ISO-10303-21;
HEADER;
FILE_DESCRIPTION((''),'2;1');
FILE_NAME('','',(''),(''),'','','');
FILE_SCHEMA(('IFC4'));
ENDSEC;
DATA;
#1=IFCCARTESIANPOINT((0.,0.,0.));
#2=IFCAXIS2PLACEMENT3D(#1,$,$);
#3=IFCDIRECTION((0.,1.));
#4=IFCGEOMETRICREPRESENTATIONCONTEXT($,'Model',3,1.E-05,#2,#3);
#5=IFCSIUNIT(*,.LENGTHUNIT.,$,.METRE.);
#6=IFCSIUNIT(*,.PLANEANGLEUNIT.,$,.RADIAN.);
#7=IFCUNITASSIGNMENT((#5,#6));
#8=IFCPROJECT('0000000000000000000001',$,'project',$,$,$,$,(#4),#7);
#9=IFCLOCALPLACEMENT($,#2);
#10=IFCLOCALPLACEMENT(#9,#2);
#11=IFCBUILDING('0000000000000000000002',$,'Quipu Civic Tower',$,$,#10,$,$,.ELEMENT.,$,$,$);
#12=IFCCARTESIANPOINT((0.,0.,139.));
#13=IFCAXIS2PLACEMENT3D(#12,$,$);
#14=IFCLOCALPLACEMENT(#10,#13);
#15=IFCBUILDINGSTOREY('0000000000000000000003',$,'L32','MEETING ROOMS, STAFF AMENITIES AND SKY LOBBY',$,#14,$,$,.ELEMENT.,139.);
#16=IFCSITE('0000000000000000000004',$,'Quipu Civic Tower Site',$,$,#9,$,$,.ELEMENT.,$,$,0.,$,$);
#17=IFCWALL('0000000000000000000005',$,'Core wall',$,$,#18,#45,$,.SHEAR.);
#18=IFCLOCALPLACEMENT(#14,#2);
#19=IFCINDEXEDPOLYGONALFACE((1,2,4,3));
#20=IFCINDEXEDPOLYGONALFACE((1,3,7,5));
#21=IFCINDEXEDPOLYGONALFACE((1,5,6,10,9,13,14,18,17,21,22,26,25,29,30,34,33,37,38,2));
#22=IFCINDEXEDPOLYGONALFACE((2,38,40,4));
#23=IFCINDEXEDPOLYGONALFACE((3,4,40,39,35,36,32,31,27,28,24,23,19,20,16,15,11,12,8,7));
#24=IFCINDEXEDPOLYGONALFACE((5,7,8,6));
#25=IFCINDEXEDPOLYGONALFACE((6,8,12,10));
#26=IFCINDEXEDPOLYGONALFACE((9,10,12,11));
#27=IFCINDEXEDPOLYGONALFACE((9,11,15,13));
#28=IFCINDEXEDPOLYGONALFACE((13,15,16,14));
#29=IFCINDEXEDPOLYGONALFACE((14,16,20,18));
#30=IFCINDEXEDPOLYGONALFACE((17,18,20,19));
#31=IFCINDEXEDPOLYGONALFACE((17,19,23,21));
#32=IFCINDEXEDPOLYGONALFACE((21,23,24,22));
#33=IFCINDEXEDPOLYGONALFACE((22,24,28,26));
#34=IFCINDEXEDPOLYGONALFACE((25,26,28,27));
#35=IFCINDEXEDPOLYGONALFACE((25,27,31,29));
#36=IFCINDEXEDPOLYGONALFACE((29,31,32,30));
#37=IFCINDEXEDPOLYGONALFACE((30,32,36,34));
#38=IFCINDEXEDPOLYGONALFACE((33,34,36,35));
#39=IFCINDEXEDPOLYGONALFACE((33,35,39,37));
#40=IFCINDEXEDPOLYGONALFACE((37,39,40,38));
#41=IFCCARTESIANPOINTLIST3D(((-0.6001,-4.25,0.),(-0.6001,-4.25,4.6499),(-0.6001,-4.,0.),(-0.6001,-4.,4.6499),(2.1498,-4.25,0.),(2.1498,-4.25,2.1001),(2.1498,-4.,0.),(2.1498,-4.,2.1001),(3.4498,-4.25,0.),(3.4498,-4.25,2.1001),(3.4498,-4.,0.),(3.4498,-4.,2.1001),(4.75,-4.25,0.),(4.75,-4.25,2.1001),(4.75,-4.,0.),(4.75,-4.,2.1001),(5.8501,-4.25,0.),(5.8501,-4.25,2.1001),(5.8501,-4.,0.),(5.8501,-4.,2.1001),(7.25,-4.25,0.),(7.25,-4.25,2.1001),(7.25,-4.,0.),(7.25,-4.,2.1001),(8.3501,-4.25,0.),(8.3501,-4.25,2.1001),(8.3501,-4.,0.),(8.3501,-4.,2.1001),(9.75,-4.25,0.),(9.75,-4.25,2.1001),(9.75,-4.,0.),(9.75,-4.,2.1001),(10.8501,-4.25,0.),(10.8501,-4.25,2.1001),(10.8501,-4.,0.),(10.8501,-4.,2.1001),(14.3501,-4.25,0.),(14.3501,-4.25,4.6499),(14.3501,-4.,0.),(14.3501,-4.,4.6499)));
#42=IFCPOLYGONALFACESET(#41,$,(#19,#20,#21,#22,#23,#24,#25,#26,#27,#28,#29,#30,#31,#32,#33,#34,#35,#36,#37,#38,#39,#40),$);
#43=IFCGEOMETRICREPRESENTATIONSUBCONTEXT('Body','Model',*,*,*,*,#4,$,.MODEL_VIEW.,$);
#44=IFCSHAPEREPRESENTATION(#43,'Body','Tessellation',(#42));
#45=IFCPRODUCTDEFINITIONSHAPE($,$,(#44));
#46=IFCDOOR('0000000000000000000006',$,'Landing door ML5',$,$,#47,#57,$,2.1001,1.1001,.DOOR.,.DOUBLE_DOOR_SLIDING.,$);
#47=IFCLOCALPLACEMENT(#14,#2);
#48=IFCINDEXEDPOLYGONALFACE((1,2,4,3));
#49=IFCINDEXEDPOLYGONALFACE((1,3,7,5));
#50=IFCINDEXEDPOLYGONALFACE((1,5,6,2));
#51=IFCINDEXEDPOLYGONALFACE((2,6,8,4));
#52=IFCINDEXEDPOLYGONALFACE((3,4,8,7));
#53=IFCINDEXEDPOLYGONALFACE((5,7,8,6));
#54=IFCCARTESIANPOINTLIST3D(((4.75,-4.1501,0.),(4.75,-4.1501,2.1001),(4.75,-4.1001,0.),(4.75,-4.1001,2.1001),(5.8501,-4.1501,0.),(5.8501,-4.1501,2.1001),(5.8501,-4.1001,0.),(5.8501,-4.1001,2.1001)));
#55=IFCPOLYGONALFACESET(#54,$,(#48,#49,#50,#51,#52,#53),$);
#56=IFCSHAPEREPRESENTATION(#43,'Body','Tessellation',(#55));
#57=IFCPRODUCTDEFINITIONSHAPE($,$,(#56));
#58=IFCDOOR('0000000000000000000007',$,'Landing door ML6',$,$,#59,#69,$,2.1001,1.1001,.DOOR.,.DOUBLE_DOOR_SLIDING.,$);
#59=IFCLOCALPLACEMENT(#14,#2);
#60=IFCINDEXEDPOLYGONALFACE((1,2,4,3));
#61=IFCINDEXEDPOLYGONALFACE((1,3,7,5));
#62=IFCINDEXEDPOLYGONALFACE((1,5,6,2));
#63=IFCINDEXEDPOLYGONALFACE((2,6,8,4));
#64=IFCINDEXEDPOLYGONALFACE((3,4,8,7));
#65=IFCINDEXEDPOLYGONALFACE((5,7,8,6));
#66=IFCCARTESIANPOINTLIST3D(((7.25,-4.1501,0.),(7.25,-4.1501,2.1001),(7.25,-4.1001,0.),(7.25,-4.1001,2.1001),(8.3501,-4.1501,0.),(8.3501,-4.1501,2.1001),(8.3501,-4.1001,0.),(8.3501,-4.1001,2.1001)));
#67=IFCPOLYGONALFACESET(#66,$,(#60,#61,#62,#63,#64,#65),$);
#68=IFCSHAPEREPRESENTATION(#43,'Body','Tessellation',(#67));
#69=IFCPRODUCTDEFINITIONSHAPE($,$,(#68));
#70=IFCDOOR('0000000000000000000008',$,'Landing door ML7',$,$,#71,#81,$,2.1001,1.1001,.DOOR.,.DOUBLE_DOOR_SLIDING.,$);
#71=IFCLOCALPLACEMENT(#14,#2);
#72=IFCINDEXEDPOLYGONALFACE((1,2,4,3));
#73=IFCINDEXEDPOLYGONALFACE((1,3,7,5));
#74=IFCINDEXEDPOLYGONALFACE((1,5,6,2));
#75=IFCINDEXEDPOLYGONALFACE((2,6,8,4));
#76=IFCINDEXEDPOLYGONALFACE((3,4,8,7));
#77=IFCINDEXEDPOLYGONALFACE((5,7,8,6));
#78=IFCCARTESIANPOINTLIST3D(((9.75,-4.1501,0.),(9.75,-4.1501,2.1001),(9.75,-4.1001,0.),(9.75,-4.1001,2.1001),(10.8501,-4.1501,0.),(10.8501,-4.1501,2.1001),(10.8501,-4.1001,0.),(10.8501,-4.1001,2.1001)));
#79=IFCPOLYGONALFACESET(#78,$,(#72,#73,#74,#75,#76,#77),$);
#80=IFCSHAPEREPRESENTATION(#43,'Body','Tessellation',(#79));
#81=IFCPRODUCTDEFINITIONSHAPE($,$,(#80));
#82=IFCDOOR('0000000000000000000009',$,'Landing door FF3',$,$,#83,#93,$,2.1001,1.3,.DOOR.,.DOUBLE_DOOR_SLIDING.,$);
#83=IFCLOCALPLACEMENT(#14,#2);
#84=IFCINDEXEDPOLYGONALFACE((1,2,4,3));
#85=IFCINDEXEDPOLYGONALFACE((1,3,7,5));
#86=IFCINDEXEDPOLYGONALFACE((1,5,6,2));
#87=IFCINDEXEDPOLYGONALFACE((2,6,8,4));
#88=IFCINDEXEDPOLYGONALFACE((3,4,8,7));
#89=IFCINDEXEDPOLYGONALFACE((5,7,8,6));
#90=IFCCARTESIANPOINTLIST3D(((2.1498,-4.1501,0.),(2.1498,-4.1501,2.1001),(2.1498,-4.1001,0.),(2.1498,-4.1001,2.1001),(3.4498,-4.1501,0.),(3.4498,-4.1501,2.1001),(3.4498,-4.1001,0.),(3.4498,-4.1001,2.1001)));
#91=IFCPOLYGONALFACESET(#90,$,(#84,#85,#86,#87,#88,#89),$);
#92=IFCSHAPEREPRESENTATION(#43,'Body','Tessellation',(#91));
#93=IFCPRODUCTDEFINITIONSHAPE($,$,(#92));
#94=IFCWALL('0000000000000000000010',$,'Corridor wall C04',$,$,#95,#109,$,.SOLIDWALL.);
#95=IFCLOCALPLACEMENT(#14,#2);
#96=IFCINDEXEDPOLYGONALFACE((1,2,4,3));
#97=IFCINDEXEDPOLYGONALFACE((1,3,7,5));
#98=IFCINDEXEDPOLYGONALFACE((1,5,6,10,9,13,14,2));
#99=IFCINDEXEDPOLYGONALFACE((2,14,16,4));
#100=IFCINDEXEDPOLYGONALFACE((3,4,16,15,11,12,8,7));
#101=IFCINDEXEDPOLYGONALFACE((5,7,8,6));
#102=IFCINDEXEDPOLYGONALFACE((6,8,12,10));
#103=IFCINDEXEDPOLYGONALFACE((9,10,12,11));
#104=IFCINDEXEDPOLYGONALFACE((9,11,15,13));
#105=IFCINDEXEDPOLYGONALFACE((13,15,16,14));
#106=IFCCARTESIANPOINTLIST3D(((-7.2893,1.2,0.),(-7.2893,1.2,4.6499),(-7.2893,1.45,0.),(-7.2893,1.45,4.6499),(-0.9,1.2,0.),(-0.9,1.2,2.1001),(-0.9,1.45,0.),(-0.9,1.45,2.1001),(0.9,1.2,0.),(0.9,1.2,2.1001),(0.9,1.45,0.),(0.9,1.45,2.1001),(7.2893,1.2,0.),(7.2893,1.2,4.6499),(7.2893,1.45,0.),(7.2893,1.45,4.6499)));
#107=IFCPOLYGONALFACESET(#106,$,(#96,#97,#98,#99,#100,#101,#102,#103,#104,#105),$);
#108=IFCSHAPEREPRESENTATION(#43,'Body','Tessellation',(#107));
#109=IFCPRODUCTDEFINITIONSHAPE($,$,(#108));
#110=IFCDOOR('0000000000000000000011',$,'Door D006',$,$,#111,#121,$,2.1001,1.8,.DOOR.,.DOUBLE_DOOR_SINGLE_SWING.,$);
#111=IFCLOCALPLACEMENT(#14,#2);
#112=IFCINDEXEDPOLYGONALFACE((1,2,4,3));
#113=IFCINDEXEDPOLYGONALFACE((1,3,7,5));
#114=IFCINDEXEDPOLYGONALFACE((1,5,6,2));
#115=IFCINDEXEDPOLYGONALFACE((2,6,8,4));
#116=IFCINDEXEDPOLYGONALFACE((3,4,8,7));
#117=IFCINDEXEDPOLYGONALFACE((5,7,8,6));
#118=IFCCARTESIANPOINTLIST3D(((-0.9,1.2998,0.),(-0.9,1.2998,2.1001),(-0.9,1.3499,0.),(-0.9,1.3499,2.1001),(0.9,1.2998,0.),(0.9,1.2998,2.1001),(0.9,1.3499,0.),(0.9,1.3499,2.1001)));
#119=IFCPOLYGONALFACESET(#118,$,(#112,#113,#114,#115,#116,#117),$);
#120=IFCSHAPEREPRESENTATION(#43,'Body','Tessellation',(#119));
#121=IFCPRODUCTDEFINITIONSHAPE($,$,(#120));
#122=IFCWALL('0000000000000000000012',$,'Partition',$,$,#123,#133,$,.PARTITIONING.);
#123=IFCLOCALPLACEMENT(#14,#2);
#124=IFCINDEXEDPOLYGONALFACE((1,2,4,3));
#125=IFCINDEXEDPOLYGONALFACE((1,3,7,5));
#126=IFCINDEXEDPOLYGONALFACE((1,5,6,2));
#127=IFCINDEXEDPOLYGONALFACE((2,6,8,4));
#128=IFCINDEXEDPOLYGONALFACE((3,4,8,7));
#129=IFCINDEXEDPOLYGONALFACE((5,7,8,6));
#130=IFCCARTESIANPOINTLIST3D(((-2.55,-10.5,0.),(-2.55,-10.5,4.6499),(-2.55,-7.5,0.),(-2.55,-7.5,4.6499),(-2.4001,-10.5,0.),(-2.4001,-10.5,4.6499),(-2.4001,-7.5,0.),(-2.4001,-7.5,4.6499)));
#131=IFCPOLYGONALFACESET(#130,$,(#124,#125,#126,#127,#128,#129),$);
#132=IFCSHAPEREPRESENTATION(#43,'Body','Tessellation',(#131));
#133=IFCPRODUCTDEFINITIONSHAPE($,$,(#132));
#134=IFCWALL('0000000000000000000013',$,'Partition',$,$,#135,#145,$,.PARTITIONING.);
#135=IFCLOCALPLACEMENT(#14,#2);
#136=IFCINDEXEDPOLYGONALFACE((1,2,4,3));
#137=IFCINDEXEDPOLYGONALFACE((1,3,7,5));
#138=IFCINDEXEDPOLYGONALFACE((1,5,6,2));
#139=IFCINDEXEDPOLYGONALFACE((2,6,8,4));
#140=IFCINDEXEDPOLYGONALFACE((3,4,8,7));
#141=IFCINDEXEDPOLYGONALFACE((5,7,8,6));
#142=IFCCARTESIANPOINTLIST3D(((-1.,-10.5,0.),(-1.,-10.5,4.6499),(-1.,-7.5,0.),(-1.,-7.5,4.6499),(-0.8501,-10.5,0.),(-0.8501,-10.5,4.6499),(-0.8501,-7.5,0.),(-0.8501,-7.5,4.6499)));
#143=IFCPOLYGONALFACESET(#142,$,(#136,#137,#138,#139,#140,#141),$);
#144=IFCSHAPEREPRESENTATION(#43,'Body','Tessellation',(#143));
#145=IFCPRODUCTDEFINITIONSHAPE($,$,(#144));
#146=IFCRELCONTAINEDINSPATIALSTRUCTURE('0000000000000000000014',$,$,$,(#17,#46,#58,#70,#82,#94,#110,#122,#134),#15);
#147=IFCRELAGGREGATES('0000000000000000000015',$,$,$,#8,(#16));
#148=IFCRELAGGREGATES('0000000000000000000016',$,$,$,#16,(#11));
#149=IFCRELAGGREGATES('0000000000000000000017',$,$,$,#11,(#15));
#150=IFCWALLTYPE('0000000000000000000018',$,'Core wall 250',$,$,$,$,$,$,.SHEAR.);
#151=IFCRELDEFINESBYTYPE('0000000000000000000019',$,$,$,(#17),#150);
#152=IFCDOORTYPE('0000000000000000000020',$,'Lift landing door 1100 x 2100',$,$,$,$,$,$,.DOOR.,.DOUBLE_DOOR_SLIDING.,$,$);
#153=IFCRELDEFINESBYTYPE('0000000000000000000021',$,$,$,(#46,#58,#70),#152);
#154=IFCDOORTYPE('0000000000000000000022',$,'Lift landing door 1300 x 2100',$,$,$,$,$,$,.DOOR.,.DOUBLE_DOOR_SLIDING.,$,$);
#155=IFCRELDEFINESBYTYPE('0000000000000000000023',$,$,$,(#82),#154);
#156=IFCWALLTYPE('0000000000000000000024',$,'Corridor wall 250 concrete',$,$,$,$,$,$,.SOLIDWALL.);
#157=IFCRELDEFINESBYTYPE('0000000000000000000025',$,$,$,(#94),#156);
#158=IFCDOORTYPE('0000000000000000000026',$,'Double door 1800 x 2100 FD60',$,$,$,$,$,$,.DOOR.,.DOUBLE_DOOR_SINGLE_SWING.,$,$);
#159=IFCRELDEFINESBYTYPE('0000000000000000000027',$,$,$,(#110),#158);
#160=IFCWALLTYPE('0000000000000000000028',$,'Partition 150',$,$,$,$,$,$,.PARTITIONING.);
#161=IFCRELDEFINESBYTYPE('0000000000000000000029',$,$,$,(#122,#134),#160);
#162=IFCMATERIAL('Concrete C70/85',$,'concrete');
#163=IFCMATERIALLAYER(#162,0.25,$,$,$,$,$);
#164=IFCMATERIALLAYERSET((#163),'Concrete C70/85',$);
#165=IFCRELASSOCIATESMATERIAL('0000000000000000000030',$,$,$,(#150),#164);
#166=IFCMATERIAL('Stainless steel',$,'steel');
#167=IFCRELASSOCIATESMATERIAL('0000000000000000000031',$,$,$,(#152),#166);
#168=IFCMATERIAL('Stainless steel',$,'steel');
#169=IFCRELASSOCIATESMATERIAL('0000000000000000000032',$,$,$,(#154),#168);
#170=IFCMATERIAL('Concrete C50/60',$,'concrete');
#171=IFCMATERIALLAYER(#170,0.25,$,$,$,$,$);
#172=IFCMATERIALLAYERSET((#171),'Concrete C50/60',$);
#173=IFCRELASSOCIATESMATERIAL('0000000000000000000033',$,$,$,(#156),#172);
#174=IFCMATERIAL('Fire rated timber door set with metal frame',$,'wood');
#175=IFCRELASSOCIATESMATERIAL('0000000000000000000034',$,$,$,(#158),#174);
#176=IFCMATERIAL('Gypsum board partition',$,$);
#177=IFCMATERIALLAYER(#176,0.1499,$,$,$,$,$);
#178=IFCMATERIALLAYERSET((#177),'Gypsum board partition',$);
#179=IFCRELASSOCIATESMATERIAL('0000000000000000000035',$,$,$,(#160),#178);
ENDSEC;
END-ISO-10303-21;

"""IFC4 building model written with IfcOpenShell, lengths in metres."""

from ifc_helpers import new_model, si_unit, direction, frame, frame_2d, origin, place, context, subcontext, project, spatial, rectangle, extrude, material, layer, layer_set, type_object, element, fill, save


model = new_model("IFC4")

# Units and contexts
model_context = context("Model", 3, precision=1e-05, world=origin(), true_north=direction((0.0, 1.0)))
body_context = subcontext(model_context, "Body", "Model", "MODEL_VIEW")
ifc_project = project(units=[si_unit("LENGTHUNIT", "METRE"), si_unit("PLANEANGLEUNIT", "RADIAN")], contexts=[model_context])

# Site, building, storey
site_placement = place(None, origin())
site = spatial("IfcSite", under=ifc_project, at=site_placement, Name="Quipu Civic Tower Site", CompositionType="ELEMENT", RefElevation=0.0)
building_placement = place(site_placement, origin())
building = spatial("IfcBuilding", under=site, at=building_placement, Name="Quipu Civic Tower", CompositionType="ELEMENT")
storey_placement = place(building_placement, frame((0.0, 0.0, 139.0)))
storey = spatial("IfcBuildingStorey", under=building, at=storey_placement, Name="L32", Description="MEETING ROOMS, STAFF AMENITIES AND SKY LOBBY", CompositionType="ELEMENT", Elevation=139.0)

# Shared definitions
ifc_material_1 = material(Name="Concrete C70/85", Category="concrete")
ifc_layer_1 = layer(ifc_material_1, 0.25)
ifc_layer_set_1 = layer_set([ifc_layer_1], Name="Concrete C70/85")
wall_type_1 = type_object("IfcWallType", Name="Core wall 250", PredefinedType="SHEAR", material=ifc_layer_set_1)

# Wall, openings, doors
wall_1_placement = place(storey_placement, frame((-0.6001, -4.125, 0.0), z_axis=(0.0, 0.0, 1.0), x_axis=(1.0, 0.0, 0.0)))
wall_1 = element("IfcWall", 1, at=wall_1_placement, inside=storey, type_object=wall_type_1, Name="Core wall", PredefinedType="SHEAR", context=body_context, shape_type="SweptSolid", body=[
    extrude(rectangle(XDim=14.9502, YDim=0.25, at=frame_2d((7.4751, 0.0))), origin(), (0.0, 0.0, 1.0), 4.6499),
])
opening_1_placement = place(wall_1_placement, frame((2.75, 0.0, 0.0)))
opening_1 = element("IfcOpeningElement", 2, at=opening_1_placement, cuts=wall_1, PredefinedType="OPENING", context=body_context, shape_type="SweptSolid", body=[
    extrude(rectangle(XDim=1.3, YDim=2.1001, at=frame_2d((0.6499, 1.05))), frame((0.0, 0.135, 0.0), z_axis=(0.0, -1.0, 0.0), x_axis=(1.0, 0.0, 0.0)), (0.0, 0.0, 1.0), 0.27),
])
opening_2_placement = place(wall_1_placement, frame((5.3501, 0.0, 0.0)))
opening_2 = element("IfcOpeningElement", 3, at=opening_2_placement, cuts=wall_1, PredefinedType="OPENING", context=body_context, shape_type="SweptSolid", body=[
    extrude(rectangle(XDim=1.1001, YDim=2.1001, at=frame_2d((0.55, 1.05))), frame((0.0, 0.135, 0.0), z_axis=(0.0, -1.0, 0.0), x_axis=(1.0, 0.0, 0.0)), (0.0, 0.0, 1.0), 0.27),
])
opening_3_placement = place(wall_1_placement, frame((7.8501, 0.0, 0.0)))
opening_3 = element("IfcOpeningElement", 4, at=opening_3_placement, cuts=wall_1, PredefinedType="OPENING", context=body_context, shape_type="SweptSolid", body=[
    extrude(rectangle(XDim=1.1001, YDim=2.1001, at=frame_2d((0.55, 1.05))), frame((0.0, 0.135, 0.0), z_axis=(0.0, -1.0, 0.0), x_axis=(1.0, 0.0, 0.0)), (0.0, 0.0, 1.0), 0.27),
])
opening_4_placement = place(wall_1_placement, frame((10.3501, 0.0, 0.0)))
opening_4 = element("IfcOpeningElement", 5, at=opening_4_placement, cuts=wall_1, PredefinedType="OPENING", context=body_context, shape_type="SweptSolid", body=[
    extrude(rectangle(XDim=1.1001, YDim=2.1001, at=frame_2d((0.55, 1.05))), frame((0.0, 0.135, 0.0), z_axis=(0.0, -1.0, 0.0), x_axis=(1.0, 0.0, 0.0)), (0.0, 0.0, 1.0), 0.27),
])
ifc_material_2 = material(Name="Stainless steel", Category="steel")
door_type_1 = type_object("IfcDoorType", Name="Lift landing door 1100 x 2100", OperationType="DOUBLE_DOOR_SLIDING", PredefinedType="DOOR", material=ifc_material_2)
door_1_placement = place(opening_2_placement, origin())
door_1 = element("IfcDoor", 6, at=door_1_placement, inside=storey, type_object=door_type_1, Name="Landing door ML5", OperationType="DOUBLE_DOOR_SLIDING", OverallHeight=2.1001, OverallWidth=1.1001, PredefinedType="DOOR", context=body_context, shape_type="SweptSolid", body=[
    extrude(rectangle(XDim=1.1001, YDim=2.1001, at=frame_2d((0.55, 1.05))), frame((0.0, 0.0249, 0.0), z_axis=(0.0, -1.0, 0.0), x_axis=(1.0, 0.0, 0.0)), (0.0, 0.0, 1.0), 0.05),
])
fill(opening_2, door_1)
door_2_placement = place(opening_3_placement, origin())
door_2 = element("IfcDoor", 7, at=door_2_placement, inside=storey, type_object=door_type_1, Name="Landing door ML6", OperationType="DOUBLE_DOOR_SLIDING", OverallHeight=2.1001, OverallWidth=1.1001, PredefinedType="DOOR", context=body_context, shape_type="SweptSolid", body=[
    extrude(rectangle(XDim=1.1001, YDim=2.1001, at=frame_2d((0.55, 1.05))), frame((0.0, 0.0249, 0.0), z_axis=(0.0, -1.0, 0.0), x_axis=(1.0, 0.0, 0.0)), (0.0, 0.0, 1.0), 0.05),
])
fill(opening_3, door_2)
door_3_placement = place(opening_4_placement, origin())
door_3 = element("IfcDoor", 8, at=door_3_placement, inside=storey, type_object=door_type_1, Name="Landing door ML7", OperationType="DOUBLE_DOOR_SLIDING", OverallHeight=2.1001, OverallWidth=1.1001, PredefinedType="DOOR", context=body_context, shape_type="SweptSolid", body=[
    extrude(rectangle(XDim=1.1001, YDim=2.1001, at=frame_2d((0.55, 1.05))), frame((0.0, 0.0249, 0.0), z_axis=(0.0, -1.0, 0.0), x_axis=(1.0, 0.0, 0.0)), (0.0, 0.0, 1.0), 0.05),
])
fill(opening_4, door_3)
ifc_material_3 = material(Name="Stainless steel", Category="steel")
door_type_2 = type_object("IfcDoorType", Name="Lift landing door 1300 x 2100", OperationType="DOUBLE_DOOR_SLIDING", PredefinedType="DOOR", material=ifc_material_3)
door_4_placement = place(opening_1_placement, origin())
door_4 = element("IfcDoor", 9, at=door_4_placement, inside=storey, type_object=door_type_2, Name="Landing door FF3", OperationType="DOUBLE_DOOR_SLIDING", OverallHeight=2.1001, OverallWidth=1.3, PredefinedType="DOOR", context=body_context, shape_type="SweptSolid", body=[
    extrude(rectangle(XDim=1.3, YDim=2.1001, at=frame_2d((0.6499, 1.05))), frame((0.0, 0.0249, 0.0), z_axis=(0.0, -1.0, 0.0), x_axis=(1.0, 0.0, 0.0)), (0.0, 0.0, 1.0), 0.05),
])
fill(opening_1, door_4)

# Wall, opening, door
ifc_material_4 = material(Name="Concrete C50/60", Category="concrete")
ifc_layer_2 = layer(ifc_material_4, 0.25)
ifc_layer_set_2 = layer_set([ifc_layer_2], Name="Concrete C50/60")
wall_type_2 = type_object("IfcWallType", Name="Corridor wall 250 concrete", PredefinedType="SOLIDWALL", material=ifc_layer_set_2)
wall_2_placement = place(storey_placement, frame((-7.2893, 1.325, 0.0), z_axis=(0.0, 0.0, 1.0), x_axis=(1.0, 0.0, 0.0)))
wall_2 = element("IfcWall", 10, at=wall_2_placement, inside=storey, type_object=wall_type_2, Name="Corridor wall C04", PredefinedType="SOLIDWALL", context=body_context, shape_type="SweptSolid", body=[
    extrude(rectangle(XDim=14.5786, YDim=0.25, at=frame_2d((7.2893, 0.0))), origin(), (0.0, 0.0, 1.0), 4.6499),
])
opening_5_placement = place(wall_2_placement, frame((6.3894, 0.0, 0.0)))
opening_5 = element("IfcOpeningElement", 11, at=opening_5_placement, cuts=wall_2, PredefinedType="OPENING", context=body_context, shape_type="SweptSolid", body=[
    extrude(rectangle(XDim=1.8, YDim=2.1001, at=frame_2d((0.8999, 1.05))), frame((0.0, 0.135, 0.0), z_axis=(0.0, -1.0, 0.0), x_axis=(1.0, 0.0, 0.0)), (0.0, 0.0, 1.0), 0.27),
])
ifc_material_5 = material(Name="Fire rated timber door set with metal frame", Category="wood")
door_type_3 = type_object("IfcDoorType", Name="Double door 1800 x 2100 FD60", OperationType="DOUBLE_DOOR_SINGLE_SWING", PredefinedType="DOOR", material=ifc_material_5)
door_5_placement = place(opening_5_placement, origin())
door_5 = element("IfcDoor", 12, at=door_5_placement, inside=storey, type_object=door_type_3, Name="Door D006", OperationType="DOUBLE_DOOR_SINGLE_SWING", OverallHeight=2.1001, OverallWidth=1.8, PredefinedType="DOOR", context=body_context, shape_type="SweptSolid", body=[
    extrude(rectangle(XDim=1.8, YDim=2.1001, at=frame_2d((0.8999, 1.05))), frame((0.0, 0.0249, 0.0), z_axis=(0.0, -1.0, 0.0), x_axis=(1.0, 0.0, 0.0)), (0.0, 0.0, 1.0), 0.05),
])
fill(opening_5, door_5)

# Walls
ifc_material_6 = material(Name="Gypsum board partition")
ifc_layer_3 = layer(ifc_material_6, 0.1499)
ifc_layer_set_3 = layer_set([ifc_layer_3], Name="Gypsum board partition")
wall_type_3 = type_object("IfcWallType", Name="Partition 150", PredefinedType="PARTITIONING", material=ifc_layer_set_3)
for number, where, z_axis, x_axis, name in (
    (13, (-2.4751, -10.5, 0.0), (0.0, 0.0, 1.0), (0.0, 1.0, 0.0), "Partition"),
    (14, (-0.925, -10.5, 0.0), (0.0, 0.0, 1.0), (0.0, 1.0, 0.0), "Partition"),
):
    element("IfcWall", number, at=place(storey_placement, frame(where, z_axis=z_axis, x_axis=x_axis)), inside=storey, type_object=wall_type_3, Name=name, PredefinedType="PARTITIONING", context=body_context, shape_type="SweptSolid", body=[
        extrude(rectangle(XDim=3.0, YDim=0.1499, at=frame_2d((1.5, 0.0))), origin(), (0.0, 0.0, 1.0), 4.6499),
    ])

save(model, "model.ifc")
